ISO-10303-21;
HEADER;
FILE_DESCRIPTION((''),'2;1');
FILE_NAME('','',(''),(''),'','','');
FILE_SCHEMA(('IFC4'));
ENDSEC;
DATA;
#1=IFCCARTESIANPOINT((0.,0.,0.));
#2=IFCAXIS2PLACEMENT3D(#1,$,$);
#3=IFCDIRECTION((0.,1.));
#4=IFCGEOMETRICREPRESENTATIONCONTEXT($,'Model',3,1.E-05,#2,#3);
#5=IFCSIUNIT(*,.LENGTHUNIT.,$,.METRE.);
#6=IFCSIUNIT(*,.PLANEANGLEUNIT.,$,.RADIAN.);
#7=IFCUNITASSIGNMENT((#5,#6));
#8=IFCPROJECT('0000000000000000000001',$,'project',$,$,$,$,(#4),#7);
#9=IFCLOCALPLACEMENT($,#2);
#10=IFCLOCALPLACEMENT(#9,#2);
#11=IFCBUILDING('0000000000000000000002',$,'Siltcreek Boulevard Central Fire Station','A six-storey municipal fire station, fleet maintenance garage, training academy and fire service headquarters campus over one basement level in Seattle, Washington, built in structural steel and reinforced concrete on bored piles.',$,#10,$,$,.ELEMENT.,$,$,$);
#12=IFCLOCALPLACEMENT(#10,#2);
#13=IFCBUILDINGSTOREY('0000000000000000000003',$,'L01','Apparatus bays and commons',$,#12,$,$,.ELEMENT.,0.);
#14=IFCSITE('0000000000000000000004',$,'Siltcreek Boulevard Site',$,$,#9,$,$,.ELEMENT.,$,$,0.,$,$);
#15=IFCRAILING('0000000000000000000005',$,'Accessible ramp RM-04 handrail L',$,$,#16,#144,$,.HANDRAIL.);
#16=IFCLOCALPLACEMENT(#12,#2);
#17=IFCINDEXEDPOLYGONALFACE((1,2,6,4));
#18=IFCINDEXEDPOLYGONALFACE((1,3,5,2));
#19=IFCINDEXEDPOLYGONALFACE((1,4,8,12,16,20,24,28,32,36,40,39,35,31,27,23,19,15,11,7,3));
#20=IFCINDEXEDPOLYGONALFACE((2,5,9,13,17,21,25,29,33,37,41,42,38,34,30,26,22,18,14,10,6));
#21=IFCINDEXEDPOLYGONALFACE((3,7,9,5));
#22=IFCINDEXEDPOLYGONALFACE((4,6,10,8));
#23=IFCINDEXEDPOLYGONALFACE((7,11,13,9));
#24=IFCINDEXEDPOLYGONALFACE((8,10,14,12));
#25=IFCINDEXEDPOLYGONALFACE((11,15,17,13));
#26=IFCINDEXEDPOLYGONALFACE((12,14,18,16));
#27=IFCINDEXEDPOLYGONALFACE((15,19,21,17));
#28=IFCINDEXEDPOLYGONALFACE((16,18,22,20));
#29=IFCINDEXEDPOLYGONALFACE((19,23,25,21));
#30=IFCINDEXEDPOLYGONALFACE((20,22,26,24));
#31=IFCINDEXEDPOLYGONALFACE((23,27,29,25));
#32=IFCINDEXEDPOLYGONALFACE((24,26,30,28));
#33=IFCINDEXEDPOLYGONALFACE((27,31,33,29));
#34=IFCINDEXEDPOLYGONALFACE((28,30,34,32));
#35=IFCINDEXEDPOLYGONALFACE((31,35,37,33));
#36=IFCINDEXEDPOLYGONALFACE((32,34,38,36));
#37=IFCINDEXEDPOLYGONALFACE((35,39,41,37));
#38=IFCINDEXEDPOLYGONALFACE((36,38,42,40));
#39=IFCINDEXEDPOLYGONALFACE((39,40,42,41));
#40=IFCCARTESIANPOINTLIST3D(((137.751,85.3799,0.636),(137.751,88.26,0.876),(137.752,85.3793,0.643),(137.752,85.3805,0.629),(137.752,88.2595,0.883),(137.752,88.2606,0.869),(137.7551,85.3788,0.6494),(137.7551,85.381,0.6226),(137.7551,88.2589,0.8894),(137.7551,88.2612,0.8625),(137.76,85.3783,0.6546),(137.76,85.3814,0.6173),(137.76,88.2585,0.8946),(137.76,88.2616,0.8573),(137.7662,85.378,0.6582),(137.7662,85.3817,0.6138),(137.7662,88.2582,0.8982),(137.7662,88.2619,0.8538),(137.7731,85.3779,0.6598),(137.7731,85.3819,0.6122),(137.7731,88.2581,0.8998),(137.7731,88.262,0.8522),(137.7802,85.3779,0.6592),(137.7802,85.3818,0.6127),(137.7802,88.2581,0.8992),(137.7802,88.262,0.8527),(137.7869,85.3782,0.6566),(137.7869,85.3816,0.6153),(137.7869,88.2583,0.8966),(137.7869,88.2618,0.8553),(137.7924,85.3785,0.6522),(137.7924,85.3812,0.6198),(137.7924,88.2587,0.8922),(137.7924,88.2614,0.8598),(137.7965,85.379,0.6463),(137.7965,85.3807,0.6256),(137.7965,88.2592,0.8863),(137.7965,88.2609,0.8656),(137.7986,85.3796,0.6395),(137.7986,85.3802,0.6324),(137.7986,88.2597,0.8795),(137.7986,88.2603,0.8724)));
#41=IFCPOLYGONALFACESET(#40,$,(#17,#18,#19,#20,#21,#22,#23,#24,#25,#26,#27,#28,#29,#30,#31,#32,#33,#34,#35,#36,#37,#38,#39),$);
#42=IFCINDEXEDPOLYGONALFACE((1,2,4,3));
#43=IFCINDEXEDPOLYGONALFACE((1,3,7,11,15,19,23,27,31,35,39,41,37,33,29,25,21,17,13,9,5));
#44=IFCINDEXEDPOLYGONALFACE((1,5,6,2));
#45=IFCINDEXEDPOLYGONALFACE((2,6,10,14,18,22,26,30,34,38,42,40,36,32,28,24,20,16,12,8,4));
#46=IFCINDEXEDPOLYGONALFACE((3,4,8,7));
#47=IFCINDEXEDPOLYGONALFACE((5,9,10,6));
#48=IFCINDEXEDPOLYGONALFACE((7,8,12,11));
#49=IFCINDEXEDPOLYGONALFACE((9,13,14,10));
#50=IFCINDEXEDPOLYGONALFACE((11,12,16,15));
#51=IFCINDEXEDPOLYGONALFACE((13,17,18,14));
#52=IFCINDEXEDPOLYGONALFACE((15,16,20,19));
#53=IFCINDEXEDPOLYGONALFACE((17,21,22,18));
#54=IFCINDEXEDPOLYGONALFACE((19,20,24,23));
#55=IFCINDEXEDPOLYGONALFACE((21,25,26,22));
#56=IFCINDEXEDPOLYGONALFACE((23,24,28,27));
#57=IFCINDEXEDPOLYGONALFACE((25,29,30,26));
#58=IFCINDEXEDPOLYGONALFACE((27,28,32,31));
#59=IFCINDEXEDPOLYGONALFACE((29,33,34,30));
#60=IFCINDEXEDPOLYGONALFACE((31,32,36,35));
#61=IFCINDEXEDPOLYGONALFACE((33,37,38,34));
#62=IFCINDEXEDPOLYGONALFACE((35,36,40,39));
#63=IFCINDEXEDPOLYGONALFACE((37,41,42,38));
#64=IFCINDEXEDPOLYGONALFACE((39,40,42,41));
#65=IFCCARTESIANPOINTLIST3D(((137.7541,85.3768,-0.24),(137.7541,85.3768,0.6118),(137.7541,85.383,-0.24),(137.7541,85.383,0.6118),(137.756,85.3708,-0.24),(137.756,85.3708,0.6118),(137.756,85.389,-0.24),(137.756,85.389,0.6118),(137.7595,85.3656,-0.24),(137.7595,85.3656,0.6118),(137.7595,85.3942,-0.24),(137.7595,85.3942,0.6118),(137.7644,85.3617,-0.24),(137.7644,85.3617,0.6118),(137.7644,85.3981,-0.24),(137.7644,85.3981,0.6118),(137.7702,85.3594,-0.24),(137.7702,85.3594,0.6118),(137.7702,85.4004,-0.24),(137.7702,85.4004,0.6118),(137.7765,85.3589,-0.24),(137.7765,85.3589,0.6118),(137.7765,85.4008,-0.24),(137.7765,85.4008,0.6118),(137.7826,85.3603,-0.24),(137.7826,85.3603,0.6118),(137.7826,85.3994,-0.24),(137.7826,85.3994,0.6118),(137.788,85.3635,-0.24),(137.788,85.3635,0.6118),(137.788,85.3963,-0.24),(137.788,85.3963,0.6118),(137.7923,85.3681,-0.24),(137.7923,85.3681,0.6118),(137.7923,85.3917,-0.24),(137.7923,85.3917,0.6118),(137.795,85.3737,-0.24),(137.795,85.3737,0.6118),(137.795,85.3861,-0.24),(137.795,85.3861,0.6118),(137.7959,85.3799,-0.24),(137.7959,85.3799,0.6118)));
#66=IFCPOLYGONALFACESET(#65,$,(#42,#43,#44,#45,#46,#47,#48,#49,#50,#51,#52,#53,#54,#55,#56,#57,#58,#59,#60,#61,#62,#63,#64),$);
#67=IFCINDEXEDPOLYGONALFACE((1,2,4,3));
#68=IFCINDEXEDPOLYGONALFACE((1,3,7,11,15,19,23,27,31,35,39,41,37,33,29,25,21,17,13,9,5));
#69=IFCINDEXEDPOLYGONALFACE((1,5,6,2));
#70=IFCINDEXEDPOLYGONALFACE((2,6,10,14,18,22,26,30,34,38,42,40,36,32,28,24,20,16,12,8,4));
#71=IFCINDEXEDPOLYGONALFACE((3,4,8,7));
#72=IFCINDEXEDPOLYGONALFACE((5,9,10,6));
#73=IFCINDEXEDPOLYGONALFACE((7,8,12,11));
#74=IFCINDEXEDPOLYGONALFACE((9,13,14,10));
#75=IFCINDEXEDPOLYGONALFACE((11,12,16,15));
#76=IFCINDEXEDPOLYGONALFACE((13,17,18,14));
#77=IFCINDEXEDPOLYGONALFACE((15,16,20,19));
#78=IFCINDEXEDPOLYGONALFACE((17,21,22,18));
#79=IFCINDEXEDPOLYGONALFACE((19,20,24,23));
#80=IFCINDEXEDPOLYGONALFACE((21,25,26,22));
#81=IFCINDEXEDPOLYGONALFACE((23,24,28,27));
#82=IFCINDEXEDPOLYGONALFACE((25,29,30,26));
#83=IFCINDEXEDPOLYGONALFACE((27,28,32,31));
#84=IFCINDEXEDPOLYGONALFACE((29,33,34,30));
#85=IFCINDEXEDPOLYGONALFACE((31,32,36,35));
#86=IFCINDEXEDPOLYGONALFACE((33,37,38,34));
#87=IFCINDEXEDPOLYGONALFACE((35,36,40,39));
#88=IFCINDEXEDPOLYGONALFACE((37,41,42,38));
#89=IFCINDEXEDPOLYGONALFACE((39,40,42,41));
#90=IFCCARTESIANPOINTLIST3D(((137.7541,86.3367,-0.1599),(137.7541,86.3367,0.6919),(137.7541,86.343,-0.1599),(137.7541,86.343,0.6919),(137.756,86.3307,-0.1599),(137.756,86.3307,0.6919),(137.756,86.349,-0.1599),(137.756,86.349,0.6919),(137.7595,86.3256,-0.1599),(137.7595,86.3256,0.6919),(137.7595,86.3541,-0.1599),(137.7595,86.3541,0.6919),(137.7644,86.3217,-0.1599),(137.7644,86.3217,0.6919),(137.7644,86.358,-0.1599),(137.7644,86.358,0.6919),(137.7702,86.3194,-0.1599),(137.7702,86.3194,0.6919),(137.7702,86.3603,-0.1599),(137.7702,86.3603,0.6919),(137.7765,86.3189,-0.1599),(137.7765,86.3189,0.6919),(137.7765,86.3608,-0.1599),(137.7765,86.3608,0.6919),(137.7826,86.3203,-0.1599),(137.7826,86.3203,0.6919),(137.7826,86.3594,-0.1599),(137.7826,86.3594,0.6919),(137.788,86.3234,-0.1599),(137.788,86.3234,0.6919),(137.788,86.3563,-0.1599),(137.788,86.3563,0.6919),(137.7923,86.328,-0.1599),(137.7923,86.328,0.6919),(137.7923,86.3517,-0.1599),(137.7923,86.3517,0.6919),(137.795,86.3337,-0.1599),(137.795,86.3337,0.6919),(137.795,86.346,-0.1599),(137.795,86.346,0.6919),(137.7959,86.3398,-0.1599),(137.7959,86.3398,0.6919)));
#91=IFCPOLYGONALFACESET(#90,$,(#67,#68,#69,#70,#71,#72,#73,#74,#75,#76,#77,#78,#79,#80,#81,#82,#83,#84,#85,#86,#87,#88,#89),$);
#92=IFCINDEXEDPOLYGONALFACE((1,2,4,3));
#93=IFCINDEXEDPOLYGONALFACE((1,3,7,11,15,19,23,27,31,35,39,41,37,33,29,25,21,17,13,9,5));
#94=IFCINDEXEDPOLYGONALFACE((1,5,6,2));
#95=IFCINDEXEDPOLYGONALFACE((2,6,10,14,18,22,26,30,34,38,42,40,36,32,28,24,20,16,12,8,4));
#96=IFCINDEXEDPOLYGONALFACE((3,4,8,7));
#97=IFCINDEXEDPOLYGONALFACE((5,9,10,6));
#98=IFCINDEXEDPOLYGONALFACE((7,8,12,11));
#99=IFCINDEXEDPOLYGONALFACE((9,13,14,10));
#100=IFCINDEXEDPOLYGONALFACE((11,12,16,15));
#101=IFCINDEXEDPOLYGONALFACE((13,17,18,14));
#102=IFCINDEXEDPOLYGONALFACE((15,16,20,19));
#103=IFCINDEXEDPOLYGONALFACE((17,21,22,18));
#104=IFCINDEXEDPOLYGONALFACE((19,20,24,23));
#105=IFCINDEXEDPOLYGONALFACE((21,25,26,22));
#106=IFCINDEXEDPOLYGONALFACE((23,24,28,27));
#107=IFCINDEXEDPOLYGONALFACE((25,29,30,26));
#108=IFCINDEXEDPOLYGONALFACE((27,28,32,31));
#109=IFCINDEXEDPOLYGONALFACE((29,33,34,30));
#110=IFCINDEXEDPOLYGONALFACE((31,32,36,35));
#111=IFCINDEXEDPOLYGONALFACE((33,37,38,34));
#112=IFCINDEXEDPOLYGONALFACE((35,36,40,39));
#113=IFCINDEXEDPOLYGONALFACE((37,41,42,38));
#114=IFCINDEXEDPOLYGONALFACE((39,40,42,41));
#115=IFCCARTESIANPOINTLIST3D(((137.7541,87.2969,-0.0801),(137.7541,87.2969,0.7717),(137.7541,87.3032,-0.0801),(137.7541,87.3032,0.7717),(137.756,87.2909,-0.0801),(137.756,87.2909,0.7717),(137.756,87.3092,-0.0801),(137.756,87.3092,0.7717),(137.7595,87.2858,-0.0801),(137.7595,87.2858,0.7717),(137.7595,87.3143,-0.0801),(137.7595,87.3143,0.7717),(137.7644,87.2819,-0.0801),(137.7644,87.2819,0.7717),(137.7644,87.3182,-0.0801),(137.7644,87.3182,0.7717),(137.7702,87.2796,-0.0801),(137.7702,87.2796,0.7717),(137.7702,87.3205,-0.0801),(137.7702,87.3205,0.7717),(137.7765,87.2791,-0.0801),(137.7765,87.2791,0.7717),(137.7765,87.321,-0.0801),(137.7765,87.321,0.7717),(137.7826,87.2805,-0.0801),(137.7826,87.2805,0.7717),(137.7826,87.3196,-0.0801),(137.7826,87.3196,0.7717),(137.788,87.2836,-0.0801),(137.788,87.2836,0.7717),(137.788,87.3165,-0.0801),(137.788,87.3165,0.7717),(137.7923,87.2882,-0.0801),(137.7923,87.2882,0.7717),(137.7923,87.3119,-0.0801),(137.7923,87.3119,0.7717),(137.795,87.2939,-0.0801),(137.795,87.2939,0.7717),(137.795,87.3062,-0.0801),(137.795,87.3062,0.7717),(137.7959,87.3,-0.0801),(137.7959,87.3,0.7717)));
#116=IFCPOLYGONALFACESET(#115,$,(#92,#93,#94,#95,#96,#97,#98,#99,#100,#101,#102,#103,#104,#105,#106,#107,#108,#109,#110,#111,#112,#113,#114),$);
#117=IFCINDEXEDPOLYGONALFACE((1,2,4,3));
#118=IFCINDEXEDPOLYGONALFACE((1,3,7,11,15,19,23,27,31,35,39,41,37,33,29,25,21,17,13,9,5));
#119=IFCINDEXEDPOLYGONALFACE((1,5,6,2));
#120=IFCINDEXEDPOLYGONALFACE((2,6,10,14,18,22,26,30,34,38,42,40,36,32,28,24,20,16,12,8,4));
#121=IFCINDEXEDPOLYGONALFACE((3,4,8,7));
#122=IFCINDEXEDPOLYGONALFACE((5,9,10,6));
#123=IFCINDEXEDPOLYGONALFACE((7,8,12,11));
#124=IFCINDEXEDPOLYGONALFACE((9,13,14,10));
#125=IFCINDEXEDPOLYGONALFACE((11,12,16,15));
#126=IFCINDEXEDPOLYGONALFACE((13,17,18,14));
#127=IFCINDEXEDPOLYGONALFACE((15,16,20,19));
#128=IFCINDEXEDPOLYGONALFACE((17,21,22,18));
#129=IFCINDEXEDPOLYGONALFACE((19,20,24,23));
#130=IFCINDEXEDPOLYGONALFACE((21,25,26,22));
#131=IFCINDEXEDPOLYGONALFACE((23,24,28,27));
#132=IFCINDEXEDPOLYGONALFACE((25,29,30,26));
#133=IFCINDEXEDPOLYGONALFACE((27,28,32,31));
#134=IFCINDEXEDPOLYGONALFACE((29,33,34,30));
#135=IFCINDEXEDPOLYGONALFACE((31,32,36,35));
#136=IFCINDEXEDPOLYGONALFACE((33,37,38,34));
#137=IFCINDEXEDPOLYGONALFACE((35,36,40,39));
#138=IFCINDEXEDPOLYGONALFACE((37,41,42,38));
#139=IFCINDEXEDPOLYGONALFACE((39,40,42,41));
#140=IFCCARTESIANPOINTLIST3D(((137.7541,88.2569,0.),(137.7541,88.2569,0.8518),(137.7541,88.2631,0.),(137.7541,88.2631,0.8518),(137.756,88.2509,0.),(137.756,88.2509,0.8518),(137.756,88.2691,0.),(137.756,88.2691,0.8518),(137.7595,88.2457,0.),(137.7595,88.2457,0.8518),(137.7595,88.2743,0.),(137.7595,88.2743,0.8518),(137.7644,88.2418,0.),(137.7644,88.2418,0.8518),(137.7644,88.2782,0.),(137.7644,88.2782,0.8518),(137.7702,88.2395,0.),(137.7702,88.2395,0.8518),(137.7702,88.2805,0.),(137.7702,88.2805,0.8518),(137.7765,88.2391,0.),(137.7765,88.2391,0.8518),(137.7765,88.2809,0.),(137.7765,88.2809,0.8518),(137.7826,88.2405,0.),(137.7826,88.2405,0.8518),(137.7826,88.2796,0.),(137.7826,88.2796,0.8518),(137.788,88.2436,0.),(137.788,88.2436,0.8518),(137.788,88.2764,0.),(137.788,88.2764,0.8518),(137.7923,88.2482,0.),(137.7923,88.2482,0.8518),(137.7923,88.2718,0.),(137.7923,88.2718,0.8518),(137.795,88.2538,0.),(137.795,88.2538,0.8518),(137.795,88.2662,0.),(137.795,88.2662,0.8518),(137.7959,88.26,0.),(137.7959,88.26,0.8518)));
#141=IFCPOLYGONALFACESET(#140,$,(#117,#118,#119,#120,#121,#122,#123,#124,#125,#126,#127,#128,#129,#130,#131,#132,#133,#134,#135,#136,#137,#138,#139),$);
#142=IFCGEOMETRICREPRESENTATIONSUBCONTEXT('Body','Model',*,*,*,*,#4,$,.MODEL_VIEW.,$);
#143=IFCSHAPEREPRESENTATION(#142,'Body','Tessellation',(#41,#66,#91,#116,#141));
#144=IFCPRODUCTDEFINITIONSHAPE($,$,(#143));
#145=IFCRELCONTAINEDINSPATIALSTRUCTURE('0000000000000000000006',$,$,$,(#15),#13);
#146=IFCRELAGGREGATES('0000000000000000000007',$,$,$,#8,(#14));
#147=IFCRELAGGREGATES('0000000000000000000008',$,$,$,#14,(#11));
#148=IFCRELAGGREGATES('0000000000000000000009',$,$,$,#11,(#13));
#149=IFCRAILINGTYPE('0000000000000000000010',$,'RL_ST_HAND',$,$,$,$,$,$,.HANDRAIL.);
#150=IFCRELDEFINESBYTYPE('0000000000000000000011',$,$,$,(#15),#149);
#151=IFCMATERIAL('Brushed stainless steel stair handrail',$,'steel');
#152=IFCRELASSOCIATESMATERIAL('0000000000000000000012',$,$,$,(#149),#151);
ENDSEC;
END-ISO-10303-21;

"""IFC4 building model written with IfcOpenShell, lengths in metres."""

from ifc_helpers import new_model, si_unit, direction, frame, origin, origin_2d, place, context, subcontext, project, spatial, circle, extrude, material, type_object, element, save


model = new_model("IFC4")

# Units and contexts
model_context = context("Model", 3, precision=1e-05, world=origin(), true_north=direction((0.0, 1.0)))
body_context = subcontext(model_context, "Body", "Model", "MODEL_VIEW")
ifc_project = project(units=[si_unit("LENGTHUNIT", "METRE"), si_unit("PLANEANGLEUNIT", "RADIAN")], contexts=[model_context])

# Site, building, storey
site_placement = place(None, origin())
site = spatial("IfcSite", under=ifc_project, at=site_placement, Name="Siltcreek Boulevard Site", CompositionType="ELEMENT", RefElevation=0.0)
building_placement = place(site_placement, origin())
building = spatial("IfcBuilding", under=site, at=building_placement, Name="Siltcreek Boulevard Central Fire Station", Description="A six-storey municipal fire station, fleet maintenance garage, training academy and fire service headquarters campus over one basement level in Seattle, Washington, built in structural steel and reinforced concrete on bored piles.", CompositionType="ELEMENT")
storey_placement = place(building_placement, origin())
storey = spatial("IfcBuildingStorey", under=building, at=storey_placement, Name="L01", Description="Apparatus bays and commons", CompositionType="ELEMENT", Elevation=0.0)

# Railing
ifc_material_1 = material(Name="Brushed stainless steel stair handrail", Category="steel")
railing_type = type_object("IfcRailingType", Name="RL_ST_HAND", PredefinedType="HANDRAIL", material=ifc_material_1)
for number, where, name in (
    (1, (137.7749, 85.3799, -0.24), "Accessible ramp RM-04 handrail L"),
):
    element("IfcRailing", number, at=place(storey_placement, frame(where)), inside=storey, type_object=railing_type, Name=name, PredefinedType="HANDRAIL", context=body_context, shape_type="SweptSolid", body=[
        extrude(circle(Radius=0.0239, at=origin_2d()), frame((0.0, 0.0, 0.876), z_axis=(0.0, 0.996546, 0.083038), x_axis=(-1.0, 0.0, 0.0)), (0.0, 0.0, 1.0), 2.8901),
        extrude(circle(Radius=0.021, at=origin_2d()), origin(), (0.0, 0.0, 1.0), 0.8518),
        extrude(circle(Radius=0.021, at=origin_2d()), frame((0.0, 0.96, 0.0801)), (0.0, 0.0, 1.0), 0.8518),
        extrude(circle(Radius=0.021, at=origin_2d()), frame((0.0, 1.9202, 0.1599)), (0.0, 0.0, 1.0), 0.8518),
        extrude(circle(Radius=0.021, at=origin_2d()), frame((0.0, 2.8801, 0.24)), (0.0, 0.0, 1.0), 0.8518),
    ])

save(model, "model.ifc")
